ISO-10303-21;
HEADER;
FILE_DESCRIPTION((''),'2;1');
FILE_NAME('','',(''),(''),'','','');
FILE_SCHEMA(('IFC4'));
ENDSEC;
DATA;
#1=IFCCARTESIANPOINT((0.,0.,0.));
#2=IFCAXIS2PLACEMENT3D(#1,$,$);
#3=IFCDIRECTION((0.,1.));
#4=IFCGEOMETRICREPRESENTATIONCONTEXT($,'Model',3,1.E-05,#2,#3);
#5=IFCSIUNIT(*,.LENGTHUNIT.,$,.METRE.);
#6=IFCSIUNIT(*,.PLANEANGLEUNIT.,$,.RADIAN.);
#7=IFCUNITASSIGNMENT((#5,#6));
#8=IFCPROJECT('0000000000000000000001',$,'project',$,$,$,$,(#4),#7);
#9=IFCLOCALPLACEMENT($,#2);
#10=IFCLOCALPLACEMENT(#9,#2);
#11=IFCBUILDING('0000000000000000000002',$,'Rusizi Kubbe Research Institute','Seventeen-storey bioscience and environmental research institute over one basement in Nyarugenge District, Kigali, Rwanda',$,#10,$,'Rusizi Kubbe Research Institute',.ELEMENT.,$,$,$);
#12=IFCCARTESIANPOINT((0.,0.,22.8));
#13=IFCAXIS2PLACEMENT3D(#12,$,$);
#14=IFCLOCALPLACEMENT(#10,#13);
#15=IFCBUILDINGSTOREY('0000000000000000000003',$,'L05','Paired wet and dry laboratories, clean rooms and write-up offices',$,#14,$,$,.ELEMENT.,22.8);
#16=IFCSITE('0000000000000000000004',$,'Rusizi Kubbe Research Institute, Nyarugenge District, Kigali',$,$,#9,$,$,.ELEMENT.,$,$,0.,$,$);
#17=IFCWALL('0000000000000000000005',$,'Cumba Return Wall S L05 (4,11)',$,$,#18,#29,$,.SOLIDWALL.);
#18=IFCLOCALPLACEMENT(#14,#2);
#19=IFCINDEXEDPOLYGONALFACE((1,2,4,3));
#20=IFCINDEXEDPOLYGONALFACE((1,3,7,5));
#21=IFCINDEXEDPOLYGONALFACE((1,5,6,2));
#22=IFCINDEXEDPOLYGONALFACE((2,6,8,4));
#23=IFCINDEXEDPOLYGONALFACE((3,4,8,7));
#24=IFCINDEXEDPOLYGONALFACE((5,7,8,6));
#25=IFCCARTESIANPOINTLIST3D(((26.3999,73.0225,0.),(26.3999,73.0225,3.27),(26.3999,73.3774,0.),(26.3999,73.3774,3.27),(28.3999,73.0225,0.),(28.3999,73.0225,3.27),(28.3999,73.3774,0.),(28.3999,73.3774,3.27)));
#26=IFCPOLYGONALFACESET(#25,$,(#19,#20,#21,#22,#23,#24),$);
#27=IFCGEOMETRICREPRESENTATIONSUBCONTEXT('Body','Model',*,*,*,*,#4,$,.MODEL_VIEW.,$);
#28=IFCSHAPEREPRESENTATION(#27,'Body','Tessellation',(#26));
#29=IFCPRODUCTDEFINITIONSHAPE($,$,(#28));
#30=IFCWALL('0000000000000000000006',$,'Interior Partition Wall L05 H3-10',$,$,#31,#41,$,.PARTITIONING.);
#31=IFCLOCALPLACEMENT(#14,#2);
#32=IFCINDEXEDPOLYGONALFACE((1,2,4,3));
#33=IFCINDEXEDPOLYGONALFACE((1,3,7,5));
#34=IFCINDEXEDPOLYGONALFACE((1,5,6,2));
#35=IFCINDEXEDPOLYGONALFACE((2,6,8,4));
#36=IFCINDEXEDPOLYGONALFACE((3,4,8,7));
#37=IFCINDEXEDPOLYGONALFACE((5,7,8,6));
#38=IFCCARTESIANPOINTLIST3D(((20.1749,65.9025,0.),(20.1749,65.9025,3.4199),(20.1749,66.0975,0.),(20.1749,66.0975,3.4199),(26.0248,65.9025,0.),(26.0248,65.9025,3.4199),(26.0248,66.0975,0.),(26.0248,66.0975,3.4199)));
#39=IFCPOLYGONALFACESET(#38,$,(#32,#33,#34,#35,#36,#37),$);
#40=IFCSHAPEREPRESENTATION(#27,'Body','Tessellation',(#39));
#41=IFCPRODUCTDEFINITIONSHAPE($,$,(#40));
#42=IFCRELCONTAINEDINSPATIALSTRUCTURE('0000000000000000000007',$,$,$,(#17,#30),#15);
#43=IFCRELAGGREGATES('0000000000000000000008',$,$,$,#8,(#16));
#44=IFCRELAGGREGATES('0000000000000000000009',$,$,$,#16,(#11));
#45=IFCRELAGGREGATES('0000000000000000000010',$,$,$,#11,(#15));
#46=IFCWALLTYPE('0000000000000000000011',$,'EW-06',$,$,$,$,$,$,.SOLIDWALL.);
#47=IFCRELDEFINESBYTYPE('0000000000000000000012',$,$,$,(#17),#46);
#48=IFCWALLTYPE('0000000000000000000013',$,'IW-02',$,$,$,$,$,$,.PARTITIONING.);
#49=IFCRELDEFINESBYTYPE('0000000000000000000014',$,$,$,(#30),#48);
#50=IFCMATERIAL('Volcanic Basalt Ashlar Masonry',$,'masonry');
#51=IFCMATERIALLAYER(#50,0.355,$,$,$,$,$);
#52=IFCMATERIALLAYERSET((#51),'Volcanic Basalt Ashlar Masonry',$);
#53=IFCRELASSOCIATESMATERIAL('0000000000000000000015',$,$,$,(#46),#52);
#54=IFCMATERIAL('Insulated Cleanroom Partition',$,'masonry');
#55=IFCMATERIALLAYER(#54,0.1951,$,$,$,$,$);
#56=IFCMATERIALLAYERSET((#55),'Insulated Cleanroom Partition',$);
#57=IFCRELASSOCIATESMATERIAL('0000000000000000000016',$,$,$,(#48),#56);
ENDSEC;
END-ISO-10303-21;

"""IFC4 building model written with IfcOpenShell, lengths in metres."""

from ifc_helpers import new_model, si_unit, direction, frame, frame_2d, origin, place, context, subcontext, project, spatial, rectangle, extrude, material, layer, layer_set, type_object, element, save


model = new_model("IFC4")

# Units and contexts
model_context = context("Model", 3, precision=1e-05, world=origin(), true_north=direction((0.0, 1.0)))
body_context = subcontext(model_context, "Body", "Model", "MODEL_VIEW")
ifc_project = project(units=[si_unit("LENGTHUNIT", "METRE"), si_unit("PLANEANGLEUNIT", "RADIAN")], contexts=[model_context])

# Site, building, storey
site_placement = place(None, origin())
site = spatial("IfcSite", under=ifc_project, at=site_placement, Name="Rusizi Kubbe Research Institute, Nyarugenge District, Kigali", CompositionType="ELEMENT", RefElevation=0.0)
building_placement = place(site_placement, origin())
building = spatial("IfcBuilding", under=site, at=building_placement, Name="Rusizi Kubbe Research Institute", Description="Seventeen-storey bioscience and environmental research institute over one basement in Nyarugenge District, Kigali, Rwanda", LongName="Rusizi Kubbe Research Institute", CompositionType="ELEMENT")
storey_placement = place(building_placement, frame((0.0, 0.0, 22.8)))
storey = spatial("IfcBuildingStorey", under=building, at=storey_placement, Name="L05", Description="Paired wet and dry laboratories, clean rooms and write-up offices", CompositionType="ELEMENT", Elevation=22.8)

# Walls
ifc_material_1 = material(Name="Volcanic Basalt Ashlar Masonry", Category="masonry")
ifc_layer_1 = layer(ifc_material_1, 0.355)
ifc_layer_set_1 = layer_set([ifc_layer_1], Name="Volcanic Basalt Ashlar Masonry")
wall_type_1 = type_object("IfcWallType", Name="EW-06", PredefinedType="SOLIDWALL", material=ifc_layer_set_1)
for number, where, z_axis, x_axis, name in (
    (1, (26.3999, 73.2, 0.0), (0.0, 0.0, 1.0), (1.0, 0.0, 0.0), "Cumba Return Wall S L05 (4,11)"),
):
    element("IfcWall", number, at=place(storey_placement, frame(where, z_axis=z_axis, x_axis=x_axis)), inside=storey, type_object=wall_type_1, Name=name, PredefinedType="SOLIDWALL", context=body_context, shape_type="SweptSolid", body=[
        extrude(rectangle(XDim=2.0, YDim=0.355, at=frame_2d((1.0, 0.0))), origin(), (0.0, 0.0, 1.0), 3.27),
    ])
ifc_material_2 = material(Name="Insulated Cleanroom Partition", Category="masonry")
ifc_layer_2 = layer(ifc_material_2, 0.1951)
ifc_layer_set_2 = layer_set([ifc_layer_2], Name="Insulated Cleanroom Partition")
wall_type_2 = type_object("IfcWallType", Name="IW-02", PredefinedType="PARTITIONING", material=ifc_layer_set_2)
wall_placement = place(storey_placement, frame((20.175, 66.0, 0.0), z_axis=(0.0, 0.0, 1.0), x_axis=(1.0, 0.0, 0.0)))
element("IfcWall", 2, at=wall_placement, inside=storey, type_object=wall_type_2, Name="Interior Partition Wall L05 H3-10", PredefinedType="PARTITIONING", context=body_context, shape_type="SweptSolid", body=[
    extrude(rectangle(XDim=5.8499, YDim=0.1951, at=frame_2d((2.9248, 0.0))), origin(), (0.0, 0.0, 1.0), 3.4199),
])

save(model, "model.ifc")
